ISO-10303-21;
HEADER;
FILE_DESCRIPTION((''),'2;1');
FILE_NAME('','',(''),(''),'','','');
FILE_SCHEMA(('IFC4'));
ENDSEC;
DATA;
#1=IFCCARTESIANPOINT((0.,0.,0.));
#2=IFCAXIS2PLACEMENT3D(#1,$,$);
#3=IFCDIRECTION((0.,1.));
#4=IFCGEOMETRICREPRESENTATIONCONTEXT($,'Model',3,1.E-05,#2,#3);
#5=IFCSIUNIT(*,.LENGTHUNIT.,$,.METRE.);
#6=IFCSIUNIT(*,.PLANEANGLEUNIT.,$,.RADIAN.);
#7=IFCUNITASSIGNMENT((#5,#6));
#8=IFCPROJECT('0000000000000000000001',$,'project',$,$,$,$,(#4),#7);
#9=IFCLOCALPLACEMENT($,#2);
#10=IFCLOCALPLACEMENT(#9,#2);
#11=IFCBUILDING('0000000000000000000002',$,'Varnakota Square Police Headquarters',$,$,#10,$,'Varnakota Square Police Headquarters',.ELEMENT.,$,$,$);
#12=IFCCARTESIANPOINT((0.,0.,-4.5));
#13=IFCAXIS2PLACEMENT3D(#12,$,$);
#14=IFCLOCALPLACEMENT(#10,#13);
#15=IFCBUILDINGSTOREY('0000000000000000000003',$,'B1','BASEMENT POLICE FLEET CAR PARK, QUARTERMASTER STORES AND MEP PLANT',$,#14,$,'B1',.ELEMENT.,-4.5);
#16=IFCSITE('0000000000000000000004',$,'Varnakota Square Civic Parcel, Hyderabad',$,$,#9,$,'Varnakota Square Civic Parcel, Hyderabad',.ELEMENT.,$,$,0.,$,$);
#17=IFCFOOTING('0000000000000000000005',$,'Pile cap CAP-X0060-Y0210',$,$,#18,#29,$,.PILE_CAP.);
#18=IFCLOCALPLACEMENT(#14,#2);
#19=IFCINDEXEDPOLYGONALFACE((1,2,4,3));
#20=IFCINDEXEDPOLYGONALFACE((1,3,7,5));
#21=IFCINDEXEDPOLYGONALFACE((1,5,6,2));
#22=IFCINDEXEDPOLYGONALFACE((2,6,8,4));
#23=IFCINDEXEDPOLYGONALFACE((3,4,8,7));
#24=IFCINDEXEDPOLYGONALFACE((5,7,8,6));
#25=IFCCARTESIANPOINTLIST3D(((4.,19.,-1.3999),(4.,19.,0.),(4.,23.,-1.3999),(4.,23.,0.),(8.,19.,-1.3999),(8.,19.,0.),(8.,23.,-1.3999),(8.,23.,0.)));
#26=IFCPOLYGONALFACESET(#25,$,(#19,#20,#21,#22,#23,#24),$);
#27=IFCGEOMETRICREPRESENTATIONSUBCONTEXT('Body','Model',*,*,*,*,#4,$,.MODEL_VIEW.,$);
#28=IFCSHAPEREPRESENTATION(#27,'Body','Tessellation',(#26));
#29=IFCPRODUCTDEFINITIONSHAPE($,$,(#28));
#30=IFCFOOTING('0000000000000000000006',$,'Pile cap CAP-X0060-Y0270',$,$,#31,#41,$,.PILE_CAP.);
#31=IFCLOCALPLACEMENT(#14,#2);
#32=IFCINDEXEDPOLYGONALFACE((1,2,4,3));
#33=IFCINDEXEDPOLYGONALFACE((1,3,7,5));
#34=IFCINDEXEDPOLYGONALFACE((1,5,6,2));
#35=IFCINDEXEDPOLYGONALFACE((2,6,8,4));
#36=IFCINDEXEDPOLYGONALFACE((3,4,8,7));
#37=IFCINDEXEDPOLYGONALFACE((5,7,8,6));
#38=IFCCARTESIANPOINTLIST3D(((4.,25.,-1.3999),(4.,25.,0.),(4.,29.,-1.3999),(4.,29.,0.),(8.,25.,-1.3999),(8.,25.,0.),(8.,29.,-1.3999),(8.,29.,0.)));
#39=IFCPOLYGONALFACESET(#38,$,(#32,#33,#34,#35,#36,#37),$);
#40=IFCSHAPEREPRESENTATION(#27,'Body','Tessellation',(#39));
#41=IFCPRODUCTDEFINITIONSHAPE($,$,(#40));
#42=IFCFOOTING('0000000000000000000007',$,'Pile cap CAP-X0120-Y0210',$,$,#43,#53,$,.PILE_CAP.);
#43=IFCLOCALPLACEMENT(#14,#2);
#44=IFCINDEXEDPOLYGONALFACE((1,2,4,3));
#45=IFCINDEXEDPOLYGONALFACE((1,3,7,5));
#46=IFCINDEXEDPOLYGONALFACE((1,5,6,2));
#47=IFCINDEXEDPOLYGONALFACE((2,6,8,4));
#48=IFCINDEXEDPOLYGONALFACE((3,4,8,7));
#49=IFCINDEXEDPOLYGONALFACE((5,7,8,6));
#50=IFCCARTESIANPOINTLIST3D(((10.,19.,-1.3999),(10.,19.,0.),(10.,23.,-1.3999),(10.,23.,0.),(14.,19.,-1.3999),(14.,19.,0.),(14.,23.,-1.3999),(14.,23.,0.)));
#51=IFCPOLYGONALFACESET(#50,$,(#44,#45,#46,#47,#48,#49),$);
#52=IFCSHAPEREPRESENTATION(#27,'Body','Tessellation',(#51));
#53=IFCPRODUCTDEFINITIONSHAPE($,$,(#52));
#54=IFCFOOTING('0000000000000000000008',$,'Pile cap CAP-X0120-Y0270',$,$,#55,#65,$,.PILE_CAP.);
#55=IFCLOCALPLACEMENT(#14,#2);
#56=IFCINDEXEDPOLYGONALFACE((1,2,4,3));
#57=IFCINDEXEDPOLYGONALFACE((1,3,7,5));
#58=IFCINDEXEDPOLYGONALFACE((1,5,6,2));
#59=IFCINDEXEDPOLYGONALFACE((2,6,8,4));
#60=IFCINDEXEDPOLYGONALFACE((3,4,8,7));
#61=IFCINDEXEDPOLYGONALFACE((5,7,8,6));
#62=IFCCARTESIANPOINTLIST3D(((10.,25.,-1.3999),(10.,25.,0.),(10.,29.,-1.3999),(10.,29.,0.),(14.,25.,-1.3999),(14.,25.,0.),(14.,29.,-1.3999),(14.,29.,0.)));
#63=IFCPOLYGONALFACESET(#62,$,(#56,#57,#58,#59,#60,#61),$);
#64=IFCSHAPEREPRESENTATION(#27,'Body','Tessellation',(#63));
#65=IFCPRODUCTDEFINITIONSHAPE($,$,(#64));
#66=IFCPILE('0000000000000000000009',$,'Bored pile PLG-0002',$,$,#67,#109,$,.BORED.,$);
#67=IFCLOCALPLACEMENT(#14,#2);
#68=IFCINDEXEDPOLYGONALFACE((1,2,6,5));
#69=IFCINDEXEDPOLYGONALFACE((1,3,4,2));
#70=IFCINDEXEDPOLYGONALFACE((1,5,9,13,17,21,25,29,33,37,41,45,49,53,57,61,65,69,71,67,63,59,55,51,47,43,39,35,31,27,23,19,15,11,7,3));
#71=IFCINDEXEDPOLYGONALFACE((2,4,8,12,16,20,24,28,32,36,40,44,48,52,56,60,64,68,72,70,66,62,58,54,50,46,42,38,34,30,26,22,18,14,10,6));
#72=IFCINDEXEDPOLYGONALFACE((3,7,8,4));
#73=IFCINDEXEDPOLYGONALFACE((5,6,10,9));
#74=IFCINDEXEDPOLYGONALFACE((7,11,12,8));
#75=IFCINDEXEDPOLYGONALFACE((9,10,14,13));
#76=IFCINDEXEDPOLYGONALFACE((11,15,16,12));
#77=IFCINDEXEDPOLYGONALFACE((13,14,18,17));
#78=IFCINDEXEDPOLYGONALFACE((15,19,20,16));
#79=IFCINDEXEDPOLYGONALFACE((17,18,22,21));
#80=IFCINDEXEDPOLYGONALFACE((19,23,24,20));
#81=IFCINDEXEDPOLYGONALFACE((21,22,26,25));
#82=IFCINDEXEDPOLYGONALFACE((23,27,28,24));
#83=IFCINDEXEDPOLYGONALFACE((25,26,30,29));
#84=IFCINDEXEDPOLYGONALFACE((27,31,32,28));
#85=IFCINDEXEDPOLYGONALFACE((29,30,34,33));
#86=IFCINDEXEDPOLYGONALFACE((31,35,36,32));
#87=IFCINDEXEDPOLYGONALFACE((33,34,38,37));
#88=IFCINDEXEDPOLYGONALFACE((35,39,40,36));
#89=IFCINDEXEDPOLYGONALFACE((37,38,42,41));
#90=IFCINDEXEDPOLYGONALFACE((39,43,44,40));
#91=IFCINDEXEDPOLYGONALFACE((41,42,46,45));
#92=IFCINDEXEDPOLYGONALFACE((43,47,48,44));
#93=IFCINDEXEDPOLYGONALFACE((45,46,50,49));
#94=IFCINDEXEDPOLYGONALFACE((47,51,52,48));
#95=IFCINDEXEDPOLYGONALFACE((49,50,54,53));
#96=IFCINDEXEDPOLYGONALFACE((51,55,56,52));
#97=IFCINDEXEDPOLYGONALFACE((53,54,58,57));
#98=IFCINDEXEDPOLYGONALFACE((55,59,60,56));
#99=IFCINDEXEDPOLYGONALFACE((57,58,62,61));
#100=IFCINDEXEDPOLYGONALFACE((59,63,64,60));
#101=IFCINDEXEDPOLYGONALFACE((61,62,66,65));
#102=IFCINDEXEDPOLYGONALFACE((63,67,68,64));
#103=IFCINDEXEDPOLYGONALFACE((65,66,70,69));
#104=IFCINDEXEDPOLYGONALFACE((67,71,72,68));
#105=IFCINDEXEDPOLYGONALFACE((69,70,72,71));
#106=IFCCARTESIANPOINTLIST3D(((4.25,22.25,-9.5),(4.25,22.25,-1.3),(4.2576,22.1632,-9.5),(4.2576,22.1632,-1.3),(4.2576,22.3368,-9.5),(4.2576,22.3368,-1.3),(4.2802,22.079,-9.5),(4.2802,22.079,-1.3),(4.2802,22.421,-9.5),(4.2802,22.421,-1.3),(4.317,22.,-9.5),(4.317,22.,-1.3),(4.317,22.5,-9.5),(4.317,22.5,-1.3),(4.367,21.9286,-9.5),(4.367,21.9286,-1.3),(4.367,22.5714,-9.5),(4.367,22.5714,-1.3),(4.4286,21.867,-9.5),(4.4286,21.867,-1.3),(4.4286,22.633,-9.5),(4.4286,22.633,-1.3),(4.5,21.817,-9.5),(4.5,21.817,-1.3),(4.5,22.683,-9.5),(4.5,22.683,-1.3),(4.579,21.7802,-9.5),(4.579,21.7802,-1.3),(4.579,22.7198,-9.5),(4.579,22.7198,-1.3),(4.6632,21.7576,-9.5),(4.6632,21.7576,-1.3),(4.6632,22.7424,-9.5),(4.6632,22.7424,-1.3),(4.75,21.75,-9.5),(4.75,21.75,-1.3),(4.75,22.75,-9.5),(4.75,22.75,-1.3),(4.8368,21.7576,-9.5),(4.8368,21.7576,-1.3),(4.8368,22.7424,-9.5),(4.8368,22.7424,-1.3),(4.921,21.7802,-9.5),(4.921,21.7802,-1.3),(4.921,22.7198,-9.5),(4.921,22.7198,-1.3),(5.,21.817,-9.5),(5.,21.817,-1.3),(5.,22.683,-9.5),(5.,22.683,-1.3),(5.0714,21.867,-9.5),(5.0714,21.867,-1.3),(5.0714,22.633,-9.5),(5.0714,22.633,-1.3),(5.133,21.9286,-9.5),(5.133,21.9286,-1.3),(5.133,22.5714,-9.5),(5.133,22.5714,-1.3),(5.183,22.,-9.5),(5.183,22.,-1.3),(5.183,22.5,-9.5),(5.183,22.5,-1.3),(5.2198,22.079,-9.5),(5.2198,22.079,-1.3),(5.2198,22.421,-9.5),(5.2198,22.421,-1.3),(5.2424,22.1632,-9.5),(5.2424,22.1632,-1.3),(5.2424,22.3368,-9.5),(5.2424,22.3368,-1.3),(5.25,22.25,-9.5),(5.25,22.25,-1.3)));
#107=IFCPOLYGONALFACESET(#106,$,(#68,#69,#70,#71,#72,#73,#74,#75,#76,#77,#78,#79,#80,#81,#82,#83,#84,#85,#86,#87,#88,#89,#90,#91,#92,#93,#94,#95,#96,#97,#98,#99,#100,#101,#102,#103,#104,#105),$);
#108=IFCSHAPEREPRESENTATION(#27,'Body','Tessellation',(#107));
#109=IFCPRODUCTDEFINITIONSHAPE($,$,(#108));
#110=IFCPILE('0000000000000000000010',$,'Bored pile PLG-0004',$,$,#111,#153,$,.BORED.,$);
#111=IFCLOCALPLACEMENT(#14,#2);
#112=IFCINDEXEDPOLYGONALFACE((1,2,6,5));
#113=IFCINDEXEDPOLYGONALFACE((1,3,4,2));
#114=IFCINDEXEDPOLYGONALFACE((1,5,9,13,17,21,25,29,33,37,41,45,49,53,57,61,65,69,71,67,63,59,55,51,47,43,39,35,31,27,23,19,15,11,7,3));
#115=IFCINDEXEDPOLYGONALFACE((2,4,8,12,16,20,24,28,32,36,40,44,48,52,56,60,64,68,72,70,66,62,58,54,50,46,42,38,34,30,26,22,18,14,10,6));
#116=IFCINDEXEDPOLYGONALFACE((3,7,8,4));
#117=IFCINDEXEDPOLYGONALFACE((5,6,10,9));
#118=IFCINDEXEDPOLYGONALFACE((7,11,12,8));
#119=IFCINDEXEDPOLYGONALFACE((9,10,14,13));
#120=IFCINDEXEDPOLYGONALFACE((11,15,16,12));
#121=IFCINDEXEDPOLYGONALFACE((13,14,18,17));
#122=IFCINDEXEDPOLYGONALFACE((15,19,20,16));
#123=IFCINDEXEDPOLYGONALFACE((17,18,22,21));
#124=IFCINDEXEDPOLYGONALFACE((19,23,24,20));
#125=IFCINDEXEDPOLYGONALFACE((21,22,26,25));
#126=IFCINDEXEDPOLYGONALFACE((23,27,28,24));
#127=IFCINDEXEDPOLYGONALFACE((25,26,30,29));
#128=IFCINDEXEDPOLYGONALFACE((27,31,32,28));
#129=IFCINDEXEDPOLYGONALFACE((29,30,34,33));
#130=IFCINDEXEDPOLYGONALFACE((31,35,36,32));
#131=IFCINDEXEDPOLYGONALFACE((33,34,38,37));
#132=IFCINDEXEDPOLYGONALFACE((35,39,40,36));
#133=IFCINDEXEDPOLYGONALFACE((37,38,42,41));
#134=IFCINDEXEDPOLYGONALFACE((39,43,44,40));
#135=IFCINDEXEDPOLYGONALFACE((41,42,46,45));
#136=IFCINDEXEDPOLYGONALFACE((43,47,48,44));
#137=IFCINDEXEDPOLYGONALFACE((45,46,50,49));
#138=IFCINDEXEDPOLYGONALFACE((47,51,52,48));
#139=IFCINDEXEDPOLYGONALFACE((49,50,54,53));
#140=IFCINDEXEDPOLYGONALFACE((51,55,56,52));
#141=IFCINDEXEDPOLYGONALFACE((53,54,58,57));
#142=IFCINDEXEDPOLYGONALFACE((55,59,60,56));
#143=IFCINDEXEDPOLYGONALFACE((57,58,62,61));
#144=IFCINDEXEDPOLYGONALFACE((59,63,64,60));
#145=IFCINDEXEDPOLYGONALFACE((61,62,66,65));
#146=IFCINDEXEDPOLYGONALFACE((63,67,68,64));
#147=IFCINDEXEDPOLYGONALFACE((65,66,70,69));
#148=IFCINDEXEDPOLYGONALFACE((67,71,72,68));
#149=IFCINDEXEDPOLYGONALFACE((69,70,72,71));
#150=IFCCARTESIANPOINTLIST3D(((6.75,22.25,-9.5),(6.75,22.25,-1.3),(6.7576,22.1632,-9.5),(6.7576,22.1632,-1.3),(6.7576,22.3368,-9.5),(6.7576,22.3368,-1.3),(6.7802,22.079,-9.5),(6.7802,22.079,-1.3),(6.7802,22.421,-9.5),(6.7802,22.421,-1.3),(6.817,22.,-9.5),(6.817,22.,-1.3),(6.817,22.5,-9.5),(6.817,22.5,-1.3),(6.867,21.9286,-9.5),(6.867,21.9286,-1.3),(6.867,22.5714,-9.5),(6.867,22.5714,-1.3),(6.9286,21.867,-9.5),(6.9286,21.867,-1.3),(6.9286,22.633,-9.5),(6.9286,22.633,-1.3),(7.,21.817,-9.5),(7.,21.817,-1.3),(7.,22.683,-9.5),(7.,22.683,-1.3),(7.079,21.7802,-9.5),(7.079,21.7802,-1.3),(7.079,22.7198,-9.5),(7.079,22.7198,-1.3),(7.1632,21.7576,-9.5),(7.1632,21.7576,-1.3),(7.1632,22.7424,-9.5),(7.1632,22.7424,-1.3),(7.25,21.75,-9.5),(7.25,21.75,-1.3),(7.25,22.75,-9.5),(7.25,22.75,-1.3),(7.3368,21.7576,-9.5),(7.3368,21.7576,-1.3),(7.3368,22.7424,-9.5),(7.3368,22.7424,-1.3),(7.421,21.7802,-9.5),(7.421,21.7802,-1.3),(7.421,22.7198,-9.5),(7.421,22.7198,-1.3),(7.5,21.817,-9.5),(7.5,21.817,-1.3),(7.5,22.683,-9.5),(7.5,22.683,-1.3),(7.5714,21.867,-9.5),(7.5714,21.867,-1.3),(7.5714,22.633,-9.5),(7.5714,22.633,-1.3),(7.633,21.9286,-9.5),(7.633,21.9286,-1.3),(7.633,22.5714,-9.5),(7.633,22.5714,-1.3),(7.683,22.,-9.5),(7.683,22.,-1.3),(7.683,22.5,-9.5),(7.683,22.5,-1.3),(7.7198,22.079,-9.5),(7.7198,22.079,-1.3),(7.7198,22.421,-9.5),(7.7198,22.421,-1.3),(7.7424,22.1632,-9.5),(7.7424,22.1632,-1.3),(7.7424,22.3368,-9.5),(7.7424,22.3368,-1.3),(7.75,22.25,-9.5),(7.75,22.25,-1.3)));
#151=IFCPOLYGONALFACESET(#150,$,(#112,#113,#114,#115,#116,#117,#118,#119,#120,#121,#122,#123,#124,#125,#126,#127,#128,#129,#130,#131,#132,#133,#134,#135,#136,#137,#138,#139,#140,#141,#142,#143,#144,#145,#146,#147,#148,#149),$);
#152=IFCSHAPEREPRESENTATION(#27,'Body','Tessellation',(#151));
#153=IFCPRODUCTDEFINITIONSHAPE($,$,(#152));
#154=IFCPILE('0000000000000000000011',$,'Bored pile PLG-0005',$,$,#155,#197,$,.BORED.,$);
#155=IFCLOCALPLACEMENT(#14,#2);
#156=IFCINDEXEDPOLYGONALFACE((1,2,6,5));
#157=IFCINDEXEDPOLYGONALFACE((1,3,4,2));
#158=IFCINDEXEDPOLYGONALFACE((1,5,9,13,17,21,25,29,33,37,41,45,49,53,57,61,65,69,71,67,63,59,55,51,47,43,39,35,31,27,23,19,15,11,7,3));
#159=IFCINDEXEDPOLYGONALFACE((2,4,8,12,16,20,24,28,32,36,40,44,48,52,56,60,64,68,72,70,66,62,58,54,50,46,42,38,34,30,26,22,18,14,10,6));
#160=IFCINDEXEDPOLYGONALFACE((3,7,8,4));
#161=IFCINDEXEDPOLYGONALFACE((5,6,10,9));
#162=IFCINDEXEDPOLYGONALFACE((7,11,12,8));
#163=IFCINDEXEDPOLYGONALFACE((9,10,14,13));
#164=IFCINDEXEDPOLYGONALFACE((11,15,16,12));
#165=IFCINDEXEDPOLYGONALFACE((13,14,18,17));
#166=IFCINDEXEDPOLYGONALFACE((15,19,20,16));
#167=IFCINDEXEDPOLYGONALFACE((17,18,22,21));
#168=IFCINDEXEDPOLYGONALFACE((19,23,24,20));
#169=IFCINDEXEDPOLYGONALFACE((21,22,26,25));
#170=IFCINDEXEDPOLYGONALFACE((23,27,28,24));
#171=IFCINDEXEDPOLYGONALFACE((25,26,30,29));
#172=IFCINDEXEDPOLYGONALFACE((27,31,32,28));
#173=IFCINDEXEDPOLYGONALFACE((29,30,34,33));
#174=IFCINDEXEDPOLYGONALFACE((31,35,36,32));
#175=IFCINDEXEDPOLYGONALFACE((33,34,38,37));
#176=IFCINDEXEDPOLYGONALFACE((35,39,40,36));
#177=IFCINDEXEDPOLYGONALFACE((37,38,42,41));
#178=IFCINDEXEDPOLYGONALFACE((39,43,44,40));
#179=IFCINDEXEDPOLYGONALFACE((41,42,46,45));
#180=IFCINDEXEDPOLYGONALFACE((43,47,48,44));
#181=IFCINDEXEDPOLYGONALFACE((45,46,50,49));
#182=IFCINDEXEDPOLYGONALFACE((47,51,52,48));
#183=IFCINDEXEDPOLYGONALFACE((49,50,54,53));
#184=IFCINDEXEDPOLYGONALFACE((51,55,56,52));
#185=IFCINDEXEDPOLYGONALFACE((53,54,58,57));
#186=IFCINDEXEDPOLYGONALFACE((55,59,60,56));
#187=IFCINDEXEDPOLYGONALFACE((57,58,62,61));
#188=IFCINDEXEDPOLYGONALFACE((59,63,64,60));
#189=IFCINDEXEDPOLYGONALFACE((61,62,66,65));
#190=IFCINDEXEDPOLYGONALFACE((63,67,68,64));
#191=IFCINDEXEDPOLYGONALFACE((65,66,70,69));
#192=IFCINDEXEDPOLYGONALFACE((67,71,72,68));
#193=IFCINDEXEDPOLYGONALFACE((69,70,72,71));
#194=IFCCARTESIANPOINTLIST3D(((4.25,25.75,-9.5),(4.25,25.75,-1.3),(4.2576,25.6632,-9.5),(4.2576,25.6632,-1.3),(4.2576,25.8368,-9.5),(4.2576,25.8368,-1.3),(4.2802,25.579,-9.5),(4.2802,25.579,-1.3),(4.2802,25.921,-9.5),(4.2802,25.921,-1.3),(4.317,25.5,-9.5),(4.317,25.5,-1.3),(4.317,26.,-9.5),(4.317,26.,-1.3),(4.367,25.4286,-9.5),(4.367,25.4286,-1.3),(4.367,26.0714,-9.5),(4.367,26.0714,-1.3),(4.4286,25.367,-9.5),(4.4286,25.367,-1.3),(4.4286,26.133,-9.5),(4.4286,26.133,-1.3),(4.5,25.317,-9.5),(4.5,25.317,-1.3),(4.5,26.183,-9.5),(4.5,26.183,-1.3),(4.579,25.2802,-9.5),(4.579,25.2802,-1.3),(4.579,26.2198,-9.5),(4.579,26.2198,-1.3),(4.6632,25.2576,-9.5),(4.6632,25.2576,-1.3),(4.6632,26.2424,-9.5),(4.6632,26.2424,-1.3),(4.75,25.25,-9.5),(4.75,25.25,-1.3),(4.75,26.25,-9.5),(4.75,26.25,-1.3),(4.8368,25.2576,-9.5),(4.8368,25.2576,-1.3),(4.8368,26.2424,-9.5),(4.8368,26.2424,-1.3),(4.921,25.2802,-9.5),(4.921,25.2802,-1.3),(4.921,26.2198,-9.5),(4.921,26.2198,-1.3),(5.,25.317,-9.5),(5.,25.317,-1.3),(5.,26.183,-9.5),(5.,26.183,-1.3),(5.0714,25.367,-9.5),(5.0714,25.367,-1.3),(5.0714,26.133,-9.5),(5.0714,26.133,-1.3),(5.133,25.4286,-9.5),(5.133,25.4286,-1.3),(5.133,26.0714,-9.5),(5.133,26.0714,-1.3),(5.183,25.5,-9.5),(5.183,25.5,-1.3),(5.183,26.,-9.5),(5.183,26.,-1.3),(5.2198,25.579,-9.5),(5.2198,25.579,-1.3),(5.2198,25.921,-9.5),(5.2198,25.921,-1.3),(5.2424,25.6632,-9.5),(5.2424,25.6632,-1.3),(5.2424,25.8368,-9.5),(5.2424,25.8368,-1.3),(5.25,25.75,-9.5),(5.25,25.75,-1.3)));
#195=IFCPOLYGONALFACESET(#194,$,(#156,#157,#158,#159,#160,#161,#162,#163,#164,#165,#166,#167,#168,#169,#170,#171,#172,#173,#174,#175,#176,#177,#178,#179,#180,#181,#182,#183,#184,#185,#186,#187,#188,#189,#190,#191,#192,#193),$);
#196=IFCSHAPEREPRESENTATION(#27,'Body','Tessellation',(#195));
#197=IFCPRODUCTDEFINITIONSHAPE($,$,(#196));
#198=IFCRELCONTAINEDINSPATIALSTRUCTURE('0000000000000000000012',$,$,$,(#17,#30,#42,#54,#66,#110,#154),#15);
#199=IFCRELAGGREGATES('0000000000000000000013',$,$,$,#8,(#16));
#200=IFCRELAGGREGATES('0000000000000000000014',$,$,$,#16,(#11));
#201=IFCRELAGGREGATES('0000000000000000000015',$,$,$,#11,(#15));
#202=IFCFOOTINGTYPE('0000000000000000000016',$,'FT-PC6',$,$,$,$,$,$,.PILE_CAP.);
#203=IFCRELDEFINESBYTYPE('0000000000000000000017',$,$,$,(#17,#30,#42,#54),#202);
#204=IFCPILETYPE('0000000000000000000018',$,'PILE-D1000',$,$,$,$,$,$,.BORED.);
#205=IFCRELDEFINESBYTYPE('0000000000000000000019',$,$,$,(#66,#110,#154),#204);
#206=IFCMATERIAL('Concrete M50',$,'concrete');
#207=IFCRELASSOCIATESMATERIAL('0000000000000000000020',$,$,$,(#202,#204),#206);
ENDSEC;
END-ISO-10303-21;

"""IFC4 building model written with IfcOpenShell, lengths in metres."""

from ifc_helpers import new_model, si_unit, direction, frame, origin, origin_2d, place, context, subcontext, project, spatial, rectangle, circle, extrude, material, material_profile, profile_set, type_object, element, save


model = new_model("IFC4")

# Units and contexts
model_context = context("Model", 3, precision=1e-05, world=origin(), true_north=direction((0.0, 1.0)))
body_context = subcontext(model_context, "Body", "Model", "MODEL_VIEW")
ifc_project = project(units=[si_unit("LENGTHUNIT", "METRE"), si_unit("PLANEANGLEUNIT", "RADIAN")], contexts=[model_context])

# Site, building, storey
site_placement = place(None, origin())
site = spatial("IfcSite", under=ifc_project, at=site_placement, Name="Varnakota Square Civic Parcel, Hyderabad", LongName="Varnakota Square Civic Parcel, Hyderabad", CompositionType="ELEMENT", RefElevation=0.0)
building_placement = place(site_placement, origin())
building = spatial("IfcBuilding", under=site, at=building_placement, Name="Varnakota Square Police Headquarters", LongName="Varnakota Square Police Headquarters", CompositionType="ELEMENT")
storey_placement = place(building_placement, frame((0.0, 0.0, -4.5)))
storey = spatial("IfcBuildingStorey", under=building, at=storey_placement, Name="B1", Description="BASEMENT POLICE FLEET CAR PARK, QUARTERMASTER STORES AND MEP PLANT", LongName="B1", CompositionType="ELEMENT", Elevation=-4.5)

# Footings
ifc_material_1 = material(Name="Concrete M50", Category="concrete")
footing_type = type_object("IfcFootingType", Name="FT-PC6", PredefinedType="PILE_CAP", material=ifc_material_1)
for number, where, z_axis, x_axis, name in (
    (1, (6.0, 21.0, -1.3999), (0.0, 0.0, 1.0), (1.0, 0.0, 0.0), "Pile cap CAP-X0060-Y0210"),
    (2, (6.0, 27.0, -1.3999), (0.0, 0.0, 1.0), (1.0, 0.0, 0.0), "Pile cap CAP-X0060-Y0270"),
    (3, (12.0, 21.0, -1.3999), (0.0, 0.0, 1.0), (1.0, 0.0, 0.0), "Pile cap CAP-X0120-Y0210"),
    (4, (12.0, 27.0, -1.3999), (0.0, 0.0, 1.0), (1.0, 0.0, 0.0), "Pile cap CAP-X0120-Y0270"),
):
    element("IfcFooting", number, at=place(storey_placement, frame(where, z_axis=z_axis, x_axis=x_axis)), inside=storey, type_object=footing_type, Name=name, PredefinedType="PILE_CAP", context=body_context, shape_type="SweptSolid", body=[
        extrude(rectangle(XDim=4.0, YDim=4.0, at=origin_2d()), origin(), (0.0, 0.0, 1.0), 1.3999),
    ])

# Piles
ifc_material_profile_1 = material_profile(ifc_material_1, circle(Radius=0.5, at=origin_2d()), Name="BORED PILE 1000")
ifc_profile_set_1 = profile_set([ifc_material_profile_1], Name="Concrete M50")
pile_type = type_object("IfcPileType", Name="PILE-D1000", PredefinedType="BORED", material=ifc_profile_set_1)
for number, where, z_axis, x_axis, name in (
    (5, (4.75, 22.25, -1.3), (0.0, 0.0, -1.0), (1.0, 0.0, 0.0), "Bored pile PLG-0002"),
    (6, (7.25, 22.25, -1.3), (0.0, 0.0, -1.0), (1.0, 0.0, 0.0), "Bored pile PLG-0004"),
    (7, (4.75, 25.75, -1.3), (0.0, 0.0, -1.0), (1.0, 0.0, 0.0), "Bored pile PLG-0005"),
):
    element("IfcPile", number, at=place(storey_placement, frame(where, z_axis=z_axis, x_axis=x_axis)), inside=storey, type_object=pile_type, Name=name, PredefinedType="BORED", context=body_context, shape_type="SweptSolid", body=[
        extrude(circle(Radius=0.5, at=origin_2d()), origin(), (0.0, 0.0, 1.0), 8.2),
    ])

save(model, "model.ifc")
